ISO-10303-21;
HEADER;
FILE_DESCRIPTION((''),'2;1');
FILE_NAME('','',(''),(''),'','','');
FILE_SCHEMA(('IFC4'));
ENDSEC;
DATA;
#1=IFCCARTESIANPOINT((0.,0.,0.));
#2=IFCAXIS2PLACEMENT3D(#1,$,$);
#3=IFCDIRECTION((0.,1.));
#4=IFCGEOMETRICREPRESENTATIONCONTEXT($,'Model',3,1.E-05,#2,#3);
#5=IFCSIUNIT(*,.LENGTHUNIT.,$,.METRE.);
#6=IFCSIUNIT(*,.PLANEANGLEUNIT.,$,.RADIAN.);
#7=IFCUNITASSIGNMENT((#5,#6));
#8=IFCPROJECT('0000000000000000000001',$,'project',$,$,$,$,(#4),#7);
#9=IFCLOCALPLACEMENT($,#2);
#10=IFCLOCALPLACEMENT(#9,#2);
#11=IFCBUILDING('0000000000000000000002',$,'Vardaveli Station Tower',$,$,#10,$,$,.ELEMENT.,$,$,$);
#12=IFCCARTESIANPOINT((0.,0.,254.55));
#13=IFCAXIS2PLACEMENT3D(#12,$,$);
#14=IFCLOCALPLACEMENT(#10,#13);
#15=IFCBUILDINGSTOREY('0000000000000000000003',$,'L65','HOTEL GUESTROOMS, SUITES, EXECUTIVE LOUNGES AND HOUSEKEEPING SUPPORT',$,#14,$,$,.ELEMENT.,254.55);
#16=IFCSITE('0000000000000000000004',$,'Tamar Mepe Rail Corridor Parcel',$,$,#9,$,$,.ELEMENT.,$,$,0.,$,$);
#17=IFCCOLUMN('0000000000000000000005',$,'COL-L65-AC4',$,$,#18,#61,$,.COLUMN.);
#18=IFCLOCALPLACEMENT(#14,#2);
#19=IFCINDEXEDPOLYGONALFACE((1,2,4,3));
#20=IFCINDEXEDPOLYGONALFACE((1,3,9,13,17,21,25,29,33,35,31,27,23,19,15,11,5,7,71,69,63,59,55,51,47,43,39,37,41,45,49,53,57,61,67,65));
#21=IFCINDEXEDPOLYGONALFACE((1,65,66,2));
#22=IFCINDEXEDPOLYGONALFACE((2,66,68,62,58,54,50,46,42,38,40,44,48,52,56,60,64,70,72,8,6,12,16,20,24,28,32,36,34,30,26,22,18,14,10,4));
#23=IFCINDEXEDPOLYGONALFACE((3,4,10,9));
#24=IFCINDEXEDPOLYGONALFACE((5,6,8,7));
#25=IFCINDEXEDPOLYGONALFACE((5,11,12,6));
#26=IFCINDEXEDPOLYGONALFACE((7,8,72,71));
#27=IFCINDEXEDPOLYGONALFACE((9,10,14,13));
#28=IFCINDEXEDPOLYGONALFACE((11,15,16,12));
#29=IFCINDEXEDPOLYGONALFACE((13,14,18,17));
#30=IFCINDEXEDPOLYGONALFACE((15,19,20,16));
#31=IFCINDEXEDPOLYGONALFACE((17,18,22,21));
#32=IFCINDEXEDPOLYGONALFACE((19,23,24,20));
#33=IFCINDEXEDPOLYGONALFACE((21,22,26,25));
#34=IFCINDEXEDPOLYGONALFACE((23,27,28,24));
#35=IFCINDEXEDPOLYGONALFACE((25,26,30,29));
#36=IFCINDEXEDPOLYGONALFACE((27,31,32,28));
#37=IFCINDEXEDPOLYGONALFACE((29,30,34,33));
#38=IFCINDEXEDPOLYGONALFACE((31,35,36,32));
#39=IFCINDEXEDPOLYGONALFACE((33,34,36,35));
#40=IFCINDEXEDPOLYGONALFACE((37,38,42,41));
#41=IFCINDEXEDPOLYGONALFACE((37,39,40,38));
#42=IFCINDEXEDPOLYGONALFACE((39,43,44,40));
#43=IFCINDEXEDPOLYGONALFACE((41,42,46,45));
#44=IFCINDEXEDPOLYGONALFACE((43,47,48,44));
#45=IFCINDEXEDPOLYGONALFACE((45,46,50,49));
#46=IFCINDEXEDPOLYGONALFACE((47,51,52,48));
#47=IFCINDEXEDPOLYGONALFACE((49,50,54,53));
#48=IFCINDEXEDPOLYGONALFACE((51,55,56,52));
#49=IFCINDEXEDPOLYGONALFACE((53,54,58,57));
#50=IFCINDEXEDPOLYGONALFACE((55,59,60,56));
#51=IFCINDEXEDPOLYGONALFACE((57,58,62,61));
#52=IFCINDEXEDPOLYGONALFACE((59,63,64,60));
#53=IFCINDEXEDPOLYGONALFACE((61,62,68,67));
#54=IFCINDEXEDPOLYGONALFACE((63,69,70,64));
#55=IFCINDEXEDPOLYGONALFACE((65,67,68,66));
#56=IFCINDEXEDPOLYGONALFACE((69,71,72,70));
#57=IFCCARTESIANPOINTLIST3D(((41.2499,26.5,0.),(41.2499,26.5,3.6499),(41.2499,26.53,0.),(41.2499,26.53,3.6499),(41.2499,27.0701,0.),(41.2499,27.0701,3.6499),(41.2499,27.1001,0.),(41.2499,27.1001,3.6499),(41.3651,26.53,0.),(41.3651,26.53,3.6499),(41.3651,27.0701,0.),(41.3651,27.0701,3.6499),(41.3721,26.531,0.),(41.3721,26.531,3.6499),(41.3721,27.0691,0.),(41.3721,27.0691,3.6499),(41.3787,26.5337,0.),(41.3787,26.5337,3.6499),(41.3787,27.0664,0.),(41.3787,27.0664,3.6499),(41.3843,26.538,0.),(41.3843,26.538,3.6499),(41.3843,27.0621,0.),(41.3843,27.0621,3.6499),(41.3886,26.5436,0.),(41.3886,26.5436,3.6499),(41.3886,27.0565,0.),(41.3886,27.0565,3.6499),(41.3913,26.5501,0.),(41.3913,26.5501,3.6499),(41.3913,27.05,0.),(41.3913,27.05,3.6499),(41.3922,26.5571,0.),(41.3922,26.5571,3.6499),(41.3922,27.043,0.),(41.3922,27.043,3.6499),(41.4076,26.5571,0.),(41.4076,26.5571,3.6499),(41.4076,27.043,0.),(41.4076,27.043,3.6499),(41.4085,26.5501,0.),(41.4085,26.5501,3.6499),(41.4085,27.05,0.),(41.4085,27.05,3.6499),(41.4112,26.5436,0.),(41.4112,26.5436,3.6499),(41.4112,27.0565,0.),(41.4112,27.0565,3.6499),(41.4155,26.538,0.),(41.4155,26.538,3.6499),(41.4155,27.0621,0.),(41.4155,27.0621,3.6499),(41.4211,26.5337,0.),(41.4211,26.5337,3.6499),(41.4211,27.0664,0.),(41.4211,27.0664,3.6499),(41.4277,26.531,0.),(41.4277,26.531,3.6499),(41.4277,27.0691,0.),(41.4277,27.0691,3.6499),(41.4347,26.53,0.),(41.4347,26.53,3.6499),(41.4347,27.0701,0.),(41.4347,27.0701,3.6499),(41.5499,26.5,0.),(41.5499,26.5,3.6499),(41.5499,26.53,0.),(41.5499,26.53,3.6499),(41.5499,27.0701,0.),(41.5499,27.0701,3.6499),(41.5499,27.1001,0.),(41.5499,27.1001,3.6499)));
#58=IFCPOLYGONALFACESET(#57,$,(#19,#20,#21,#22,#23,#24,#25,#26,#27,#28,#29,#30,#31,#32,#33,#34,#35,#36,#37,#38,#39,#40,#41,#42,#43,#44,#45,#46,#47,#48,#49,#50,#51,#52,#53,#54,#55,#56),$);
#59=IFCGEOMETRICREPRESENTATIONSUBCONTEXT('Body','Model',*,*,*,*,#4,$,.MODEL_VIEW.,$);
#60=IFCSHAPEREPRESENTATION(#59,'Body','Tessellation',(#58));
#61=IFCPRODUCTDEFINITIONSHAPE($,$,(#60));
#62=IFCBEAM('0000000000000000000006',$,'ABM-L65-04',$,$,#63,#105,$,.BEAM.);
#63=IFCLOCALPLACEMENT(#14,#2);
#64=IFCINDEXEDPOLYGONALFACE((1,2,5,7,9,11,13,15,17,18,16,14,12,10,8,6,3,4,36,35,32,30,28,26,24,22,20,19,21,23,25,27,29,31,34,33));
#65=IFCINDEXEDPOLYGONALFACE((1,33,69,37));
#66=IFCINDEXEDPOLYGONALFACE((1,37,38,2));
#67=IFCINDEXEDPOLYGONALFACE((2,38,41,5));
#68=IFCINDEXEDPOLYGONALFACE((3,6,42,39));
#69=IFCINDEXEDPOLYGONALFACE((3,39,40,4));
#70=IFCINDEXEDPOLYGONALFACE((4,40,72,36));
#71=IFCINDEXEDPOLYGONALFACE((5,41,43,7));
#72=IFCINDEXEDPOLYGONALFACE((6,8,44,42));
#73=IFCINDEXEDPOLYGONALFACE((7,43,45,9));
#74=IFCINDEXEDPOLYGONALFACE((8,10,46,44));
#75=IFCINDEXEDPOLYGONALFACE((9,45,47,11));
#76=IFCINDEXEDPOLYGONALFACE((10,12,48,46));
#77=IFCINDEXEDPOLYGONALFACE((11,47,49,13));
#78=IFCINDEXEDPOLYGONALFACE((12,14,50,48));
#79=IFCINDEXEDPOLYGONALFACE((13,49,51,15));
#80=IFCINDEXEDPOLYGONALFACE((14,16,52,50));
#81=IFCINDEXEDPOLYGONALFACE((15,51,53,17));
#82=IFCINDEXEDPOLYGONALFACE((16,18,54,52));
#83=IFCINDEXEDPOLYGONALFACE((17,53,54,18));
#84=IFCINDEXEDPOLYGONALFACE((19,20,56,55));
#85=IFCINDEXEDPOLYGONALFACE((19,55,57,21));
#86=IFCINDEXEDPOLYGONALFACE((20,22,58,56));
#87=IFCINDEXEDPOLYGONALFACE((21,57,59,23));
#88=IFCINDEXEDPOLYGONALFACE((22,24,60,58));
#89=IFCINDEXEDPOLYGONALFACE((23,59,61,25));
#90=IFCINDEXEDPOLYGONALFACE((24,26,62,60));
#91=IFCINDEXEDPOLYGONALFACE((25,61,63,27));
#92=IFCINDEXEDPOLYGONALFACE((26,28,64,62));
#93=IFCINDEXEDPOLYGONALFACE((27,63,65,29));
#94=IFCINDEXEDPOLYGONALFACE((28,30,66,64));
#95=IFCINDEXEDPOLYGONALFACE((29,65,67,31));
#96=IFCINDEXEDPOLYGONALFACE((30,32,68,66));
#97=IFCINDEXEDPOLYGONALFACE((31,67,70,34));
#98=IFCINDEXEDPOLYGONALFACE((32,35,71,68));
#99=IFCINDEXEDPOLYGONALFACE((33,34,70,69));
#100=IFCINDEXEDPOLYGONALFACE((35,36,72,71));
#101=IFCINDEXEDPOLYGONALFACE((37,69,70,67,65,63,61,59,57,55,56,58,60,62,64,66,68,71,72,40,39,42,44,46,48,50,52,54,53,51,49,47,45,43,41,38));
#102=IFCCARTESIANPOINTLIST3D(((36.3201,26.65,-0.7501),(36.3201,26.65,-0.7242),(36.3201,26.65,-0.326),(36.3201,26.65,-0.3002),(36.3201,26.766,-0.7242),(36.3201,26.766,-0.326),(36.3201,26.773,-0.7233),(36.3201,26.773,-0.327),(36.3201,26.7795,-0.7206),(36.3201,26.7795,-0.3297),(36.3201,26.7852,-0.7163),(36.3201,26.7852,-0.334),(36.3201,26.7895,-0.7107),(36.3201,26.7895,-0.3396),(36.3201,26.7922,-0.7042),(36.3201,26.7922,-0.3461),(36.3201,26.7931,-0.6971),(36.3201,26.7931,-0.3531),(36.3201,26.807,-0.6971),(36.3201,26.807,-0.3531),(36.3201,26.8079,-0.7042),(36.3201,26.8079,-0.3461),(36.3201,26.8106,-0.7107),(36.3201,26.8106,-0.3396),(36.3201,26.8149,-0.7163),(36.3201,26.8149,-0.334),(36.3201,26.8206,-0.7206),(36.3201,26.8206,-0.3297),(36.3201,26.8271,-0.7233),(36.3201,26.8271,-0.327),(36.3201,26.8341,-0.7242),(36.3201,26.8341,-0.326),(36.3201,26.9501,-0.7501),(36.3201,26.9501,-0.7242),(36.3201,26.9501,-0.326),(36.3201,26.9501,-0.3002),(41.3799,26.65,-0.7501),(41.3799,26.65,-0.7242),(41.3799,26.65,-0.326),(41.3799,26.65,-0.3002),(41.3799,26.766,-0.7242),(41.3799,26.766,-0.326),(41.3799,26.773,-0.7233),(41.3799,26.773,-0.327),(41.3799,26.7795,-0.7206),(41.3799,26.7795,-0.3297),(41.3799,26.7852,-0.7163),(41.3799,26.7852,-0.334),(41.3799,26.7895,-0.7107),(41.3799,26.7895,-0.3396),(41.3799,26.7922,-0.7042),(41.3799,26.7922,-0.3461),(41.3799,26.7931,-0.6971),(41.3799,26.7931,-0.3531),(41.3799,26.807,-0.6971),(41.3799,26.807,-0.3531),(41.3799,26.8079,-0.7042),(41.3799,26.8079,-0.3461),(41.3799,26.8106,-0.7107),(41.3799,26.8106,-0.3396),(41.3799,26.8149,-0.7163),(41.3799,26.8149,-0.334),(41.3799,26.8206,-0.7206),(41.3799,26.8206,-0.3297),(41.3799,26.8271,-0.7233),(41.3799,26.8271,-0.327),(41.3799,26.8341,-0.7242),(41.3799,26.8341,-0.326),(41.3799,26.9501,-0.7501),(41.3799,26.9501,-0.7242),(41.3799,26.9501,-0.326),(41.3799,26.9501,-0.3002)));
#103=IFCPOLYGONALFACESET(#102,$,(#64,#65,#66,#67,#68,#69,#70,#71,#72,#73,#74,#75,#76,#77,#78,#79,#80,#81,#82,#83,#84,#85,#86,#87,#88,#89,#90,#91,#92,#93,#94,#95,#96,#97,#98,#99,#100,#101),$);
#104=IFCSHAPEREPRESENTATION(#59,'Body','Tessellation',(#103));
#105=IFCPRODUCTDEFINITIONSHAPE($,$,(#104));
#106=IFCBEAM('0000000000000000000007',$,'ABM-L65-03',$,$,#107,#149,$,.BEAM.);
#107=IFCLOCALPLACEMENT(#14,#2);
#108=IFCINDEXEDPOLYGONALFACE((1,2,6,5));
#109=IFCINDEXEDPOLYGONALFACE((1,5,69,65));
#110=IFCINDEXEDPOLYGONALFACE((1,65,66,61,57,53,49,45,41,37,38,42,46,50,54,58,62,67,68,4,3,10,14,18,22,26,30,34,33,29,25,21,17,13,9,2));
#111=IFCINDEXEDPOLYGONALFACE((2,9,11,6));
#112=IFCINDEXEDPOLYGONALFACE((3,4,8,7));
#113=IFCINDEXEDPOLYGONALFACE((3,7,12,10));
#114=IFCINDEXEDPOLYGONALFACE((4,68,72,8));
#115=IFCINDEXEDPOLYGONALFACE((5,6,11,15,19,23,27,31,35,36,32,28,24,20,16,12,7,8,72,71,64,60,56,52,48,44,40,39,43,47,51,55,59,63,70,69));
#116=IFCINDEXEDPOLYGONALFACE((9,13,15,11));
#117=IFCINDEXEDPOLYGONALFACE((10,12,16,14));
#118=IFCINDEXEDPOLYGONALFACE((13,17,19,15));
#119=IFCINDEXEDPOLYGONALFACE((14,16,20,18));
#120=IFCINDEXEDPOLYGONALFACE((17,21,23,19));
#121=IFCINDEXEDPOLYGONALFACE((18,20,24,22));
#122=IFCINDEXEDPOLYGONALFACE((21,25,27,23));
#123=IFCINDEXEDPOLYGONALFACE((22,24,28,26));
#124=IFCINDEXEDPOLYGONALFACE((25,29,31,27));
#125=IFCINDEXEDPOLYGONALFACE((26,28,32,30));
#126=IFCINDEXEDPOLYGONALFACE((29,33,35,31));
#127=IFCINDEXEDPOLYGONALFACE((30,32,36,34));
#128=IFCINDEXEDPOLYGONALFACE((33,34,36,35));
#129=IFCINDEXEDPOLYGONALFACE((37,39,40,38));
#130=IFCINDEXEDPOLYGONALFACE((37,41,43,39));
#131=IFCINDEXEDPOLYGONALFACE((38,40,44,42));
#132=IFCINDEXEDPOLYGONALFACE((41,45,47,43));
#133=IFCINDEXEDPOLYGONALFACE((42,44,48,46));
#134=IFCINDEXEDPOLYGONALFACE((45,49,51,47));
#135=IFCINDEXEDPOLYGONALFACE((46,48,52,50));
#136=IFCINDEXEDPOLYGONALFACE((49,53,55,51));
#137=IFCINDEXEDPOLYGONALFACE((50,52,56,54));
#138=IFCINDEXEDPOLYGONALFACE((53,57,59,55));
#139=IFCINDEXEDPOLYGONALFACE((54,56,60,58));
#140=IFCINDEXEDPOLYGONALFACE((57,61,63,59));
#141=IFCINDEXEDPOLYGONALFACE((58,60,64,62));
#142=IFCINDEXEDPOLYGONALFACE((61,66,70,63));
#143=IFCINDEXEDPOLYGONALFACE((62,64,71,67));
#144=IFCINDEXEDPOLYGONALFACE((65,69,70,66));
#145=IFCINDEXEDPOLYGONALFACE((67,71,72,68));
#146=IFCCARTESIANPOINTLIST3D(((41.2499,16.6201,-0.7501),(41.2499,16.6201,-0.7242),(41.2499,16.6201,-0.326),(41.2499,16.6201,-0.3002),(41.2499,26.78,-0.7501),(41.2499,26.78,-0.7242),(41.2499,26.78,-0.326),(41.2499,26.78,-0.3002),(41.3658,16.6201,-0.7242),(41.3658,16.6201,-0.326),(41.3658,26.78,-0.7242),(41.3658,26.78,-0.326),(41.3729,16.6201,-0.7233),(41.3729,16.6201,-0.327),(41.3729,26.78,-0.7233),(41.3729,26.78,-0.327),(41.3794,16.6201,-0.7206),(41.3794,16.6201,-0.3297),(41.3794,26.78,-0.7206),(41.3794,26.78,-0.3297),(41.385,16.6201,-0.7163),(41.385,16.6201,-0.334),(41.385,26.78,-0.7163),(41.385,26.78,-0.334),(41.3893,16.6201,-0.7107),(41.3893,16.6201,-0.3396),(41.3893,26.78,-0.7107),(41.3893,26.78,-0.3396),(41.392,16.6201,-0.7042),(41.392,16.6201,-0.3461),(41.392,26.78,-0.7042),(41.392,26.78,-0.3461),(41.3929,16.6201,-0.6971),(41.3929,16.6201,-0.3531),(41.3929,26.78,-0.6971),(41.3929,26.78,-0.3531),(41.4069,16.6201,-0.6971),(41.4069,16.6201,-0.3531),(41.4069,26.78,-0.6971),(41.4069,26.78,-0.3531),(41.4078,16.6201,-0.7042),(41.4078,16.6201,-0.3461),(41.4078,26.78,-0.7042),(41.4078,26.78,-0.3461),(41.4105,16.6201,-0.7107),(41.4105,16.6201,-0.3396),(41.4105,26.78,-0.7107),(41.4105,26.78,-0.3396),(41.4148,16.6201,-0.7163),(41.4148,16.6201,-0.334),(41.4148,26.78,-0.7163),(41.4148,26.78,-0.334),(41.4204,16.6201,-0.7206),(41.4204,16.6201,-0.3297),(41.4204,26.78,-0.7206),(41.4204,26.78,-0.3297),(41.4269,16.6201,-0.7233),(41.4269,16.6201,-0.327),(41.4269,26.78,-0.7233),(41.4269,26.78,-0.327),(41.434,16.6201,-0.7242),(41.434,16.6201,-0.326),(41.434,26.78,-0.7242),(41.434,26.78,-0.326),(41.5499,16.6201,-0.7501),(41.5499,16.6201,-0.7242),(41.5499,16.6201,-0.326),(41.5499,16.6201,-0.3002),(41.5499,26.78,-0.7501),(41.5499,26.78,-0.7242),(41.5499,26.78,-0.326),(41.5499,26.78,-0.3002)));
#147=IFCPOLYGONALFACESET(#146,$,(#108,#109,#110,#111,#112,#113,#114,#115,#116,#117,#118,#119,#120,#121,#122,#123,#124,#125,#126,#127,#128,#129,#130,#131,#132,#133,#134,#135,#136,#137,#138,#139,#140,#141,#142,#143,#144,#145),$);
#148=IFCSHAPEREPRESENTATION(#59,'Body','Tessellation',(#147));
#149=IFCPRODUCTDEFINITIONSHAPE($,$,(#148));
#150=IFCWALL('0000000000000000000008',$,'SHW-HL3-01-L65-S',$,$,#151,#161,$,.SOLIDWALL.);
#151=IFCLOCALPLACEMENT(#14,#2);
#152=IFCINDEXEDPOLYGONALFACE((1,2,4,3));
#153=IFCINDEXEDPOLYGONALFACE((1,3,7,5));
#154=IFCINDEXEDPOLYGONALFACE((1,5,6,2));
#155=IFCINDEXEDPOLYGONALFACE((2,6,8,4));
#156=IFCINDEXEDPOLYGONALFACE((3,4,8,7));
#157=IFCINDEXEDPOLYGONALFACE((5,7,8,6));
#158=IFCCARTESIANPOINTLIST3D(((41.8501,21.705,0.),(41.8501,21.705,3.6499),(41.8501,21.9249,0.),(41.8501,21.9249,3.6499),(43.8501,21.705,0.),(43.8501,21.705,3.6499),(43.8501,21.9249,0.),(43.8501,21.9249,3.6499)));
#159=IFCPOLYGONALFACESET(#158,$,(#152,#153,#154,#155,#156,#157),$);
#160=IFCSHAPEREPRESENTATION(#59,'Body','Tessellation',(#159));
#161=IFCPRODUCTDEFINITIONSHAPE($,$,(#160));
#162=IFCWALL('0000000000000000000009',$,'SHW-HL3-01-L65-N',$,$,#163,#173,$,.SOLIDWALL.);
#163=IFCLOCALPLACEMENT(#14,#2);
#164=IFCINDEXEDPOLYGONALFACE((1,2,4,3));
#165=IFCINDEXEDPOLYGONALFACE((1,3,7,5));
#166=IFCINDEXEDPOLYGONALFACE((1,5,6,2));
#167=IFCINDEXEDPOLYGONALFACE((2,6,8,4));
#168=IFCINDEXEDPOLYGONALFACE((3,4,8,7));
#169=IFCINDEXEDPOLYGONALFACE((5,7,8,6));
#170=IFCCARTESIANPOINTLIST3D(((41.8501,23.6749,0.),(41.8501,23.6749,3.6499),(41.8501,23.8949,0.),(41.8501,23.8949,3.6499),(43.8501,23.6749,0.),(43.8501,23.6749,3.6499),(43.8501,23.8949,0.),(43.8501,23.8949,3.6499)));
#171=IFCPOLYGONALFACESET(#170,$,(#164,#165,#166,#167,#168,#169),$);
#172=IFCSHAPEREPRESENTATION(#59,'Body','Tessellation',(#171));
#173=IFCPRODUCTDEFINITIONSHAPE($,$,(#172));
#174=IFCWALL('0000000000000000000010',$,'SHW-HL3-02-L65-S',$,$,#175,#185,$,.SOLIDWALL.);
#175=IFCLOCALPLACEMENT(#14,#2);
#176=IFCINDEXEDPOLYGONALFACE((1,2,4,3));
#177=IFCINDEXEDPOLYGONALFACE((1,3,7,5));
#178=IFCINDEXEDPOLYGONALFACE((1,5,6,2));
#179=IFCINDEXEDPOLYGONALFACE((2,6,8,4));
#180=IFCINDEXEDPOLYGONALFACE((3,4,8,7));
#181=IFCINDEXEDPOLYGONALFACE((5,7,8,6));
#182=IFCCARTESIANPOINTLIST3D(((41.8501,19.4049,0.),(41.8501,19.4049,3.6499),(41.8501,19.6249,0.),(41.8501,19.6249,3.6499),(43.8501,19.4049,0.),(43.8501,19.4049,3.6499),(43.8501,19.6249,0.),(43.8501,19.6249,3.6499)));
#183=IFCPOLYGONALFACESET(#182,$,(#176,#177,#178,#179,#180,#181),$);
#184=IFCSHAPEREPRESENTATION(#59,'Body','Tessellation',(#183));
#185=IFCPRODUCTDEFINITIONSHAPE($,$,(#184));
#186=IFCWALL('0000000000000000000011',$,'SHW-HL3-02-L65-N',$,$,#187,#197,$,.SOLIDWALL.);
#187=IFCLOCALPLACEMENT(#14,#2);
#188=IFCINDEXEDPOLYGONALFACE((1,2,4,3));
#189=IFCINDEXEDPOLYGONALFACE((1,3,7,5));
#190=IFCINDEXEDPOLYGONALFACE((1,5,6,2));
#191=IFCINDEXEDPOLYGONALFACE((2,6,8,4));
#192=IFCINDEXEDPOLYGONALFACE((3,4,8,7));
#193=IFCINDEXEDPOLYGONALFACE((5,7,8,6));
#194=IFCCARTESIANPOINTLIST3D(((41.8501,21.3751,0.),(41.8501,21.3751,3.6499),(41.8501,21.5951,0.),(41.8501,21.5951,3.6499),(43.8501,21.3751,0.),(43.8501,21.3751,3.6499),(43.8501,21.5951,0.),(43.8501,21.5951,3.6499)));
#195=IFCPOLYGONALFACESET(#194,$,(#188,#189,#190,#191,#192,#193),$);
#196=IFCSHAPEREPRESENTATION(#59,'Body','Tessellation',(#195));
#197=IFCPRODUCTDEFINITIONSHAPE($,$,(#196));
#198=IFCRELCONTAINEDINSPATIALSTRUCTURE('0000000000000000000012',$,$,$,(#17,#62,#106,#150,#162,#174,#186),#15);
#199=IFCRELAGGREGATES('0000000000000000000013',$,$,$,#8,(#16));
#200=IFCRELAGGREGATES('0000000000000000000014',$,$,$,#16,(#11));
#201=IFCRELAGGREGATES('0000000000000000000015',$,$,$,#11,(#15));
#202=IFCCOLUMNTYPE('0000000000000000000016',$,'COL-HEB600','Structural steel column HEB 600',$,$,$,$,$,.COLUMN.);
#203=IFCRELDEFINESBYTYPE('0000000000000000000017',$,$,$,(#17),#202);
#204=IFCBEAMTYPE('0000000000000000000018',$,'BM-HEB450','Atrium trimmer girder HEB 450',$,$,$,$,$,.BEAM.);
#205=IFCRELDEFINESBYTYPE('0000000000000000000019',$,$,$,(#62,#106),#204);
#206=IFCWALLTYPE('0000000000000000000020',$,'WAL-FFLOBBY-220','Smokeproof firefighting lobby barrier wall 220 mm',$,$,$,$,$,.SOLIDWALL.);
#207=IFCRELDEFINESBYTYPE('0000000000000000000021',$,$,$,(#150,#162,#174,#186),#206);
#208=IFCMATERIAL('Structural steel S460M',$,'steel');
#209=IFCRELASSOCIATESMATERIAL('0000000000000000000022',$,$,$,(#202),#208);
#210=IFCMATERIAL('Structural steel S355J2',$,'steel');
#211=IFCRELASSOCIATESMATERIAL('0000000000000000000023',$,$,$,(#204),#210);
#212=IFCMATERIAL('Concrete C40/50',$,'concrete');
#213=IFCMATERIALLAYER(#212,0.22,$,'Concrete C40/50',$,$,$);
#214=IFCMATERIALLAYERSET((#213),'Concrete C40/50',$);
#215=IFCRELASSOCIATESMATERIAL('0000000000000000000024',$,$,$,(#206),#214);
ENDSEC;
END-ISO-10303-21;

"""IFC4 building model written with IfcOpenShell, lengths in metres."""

from ifc_helpers import new_model, si_unit, direction, frame, frame_2d, origin, origin_2d, place, context, subcontext, project, spatial, rectangle, i_section, extrude, source, transform, mapped, material, layer, layer_set, material_profile, profile_set, type_object, element, save


model = new_model("IFC4")

# Units and contexts
model_context = context("Model", 3, precision=1e-05, world=origin(), true_north=direction((0.0, 1.0)))
body_context = subcontext(model_context, "Body", "Model", "MODEL_VIEW")
ifc_project = project(units=[si_unit("LENGTHUNIT", "METRE"), si_unit("PLANEANGLEUNIT", "RADIAN")], contexts=[model_context])

# Site, building, storey
site_placement = place(None, origin())
site = spatial("IfcSite", under=ifc_project, at=site_placement, Name="Tamar Mepe Rail Corridor Parcel", CompositionType="ELEMENT", RefElevation=0.0)
building_placement = place(site_placement, origin())
building = spatial("IfcBuilding", under=site, at=building_placement, Name="Vardaveli Station Tower", CompositionType="ELEMENT")
storey_placement = place(building_placement, frame((0.0, 0.0, 254.55)))
storey = spatial("IfcBuildingStorey", under=building, at=storey_placement, Name="L65", Description="HOTEL GUESTROOMS, SUITES, EXECUTIVE LOUNGES AND HOUSEKEEPING SUPPORT", CompositionType="ELEMENT", Elevation=254.55)

# Column
ifc_material_1 = material(Name="Structural steel S460M", Category="steel")
ifc_material_profile_1 = material_profile(ifc_material_1, i_section(OverallWidth=0.3, OverallDepth=0.6001, WebThickness=0.0154, FlangeThickness=0.03, FilletRadius=0.0271, at=origin_2d()), Name="HEB 600")
ifc_profile_set_1 = profile_set([ifc_material_profile_1], Name="Structural steel S460M")
column_type = type_object("IfcColumnType", Name="COL-HEB600", Description="Structural steel column HEB 600", PredefinedType="COLUMN", material=ifc_profile_set_1)
shared_shape_1 = source(origin(), body_context, "Body", "SweptSolid", [
    extrude(i_section(OverallWidth=0.3, OverallDepth=0.6001, WebThickness=0.0154, FlangeThickness=0.03, FilletRadius=0.0271, at=origin_2d()), origin(), (0.0, 0.0, 1.0), 3.6499),
])
column_placement = place(storey_placement, frame((41.3999, 26.8, 0.0), z_axis=(0.0, 0.0, 1.0), x_axis=(1.0, 0.0, 0.0)))
element("IfcColumn", 1, at=column_placement, inside=storey, type_object=column_type, Name="COL-L65-AC4", PredefinedType="COLUMN", context=body_context, shape_type="MappedRepresentation", body=[
    mapped(shared_shape_1, transform((0.0, 0.0, 0.0), scale=1.0)),
])

# Beams
ifc_material_2 = material(Name="Structural steel S355J2", Category="steel")
ifc_material_profile_2 = material_profile(ifc_material_2, i_section(OverallWidth=0.3, OverallDepth=0.45, WebThickness=0.0139, FlangeThickness=0.0259, FilletRadius=0.0271, at=origin_2d()), Name="HEB 450")
ifc_profile_set_2 = profile_set([ifc_material_profile_2], Name="Structural steel S355J2")
beam_type = type_object("IfcBeamType", Name="BM-HEB450", Description="Atrium trimmer girder HEB 450", PredefinedType="BEAM", material=ifc_profile_set_2)
shared_shape_2 = source(origin(), body_context, "Body", "SweptSolid", [
    extrude(i_section(OverallWidth=0.3, OverallDepth=0.45, WebThickness=0.0139, FlangeThickness=0.0259, FilletRadius=0.0271, at=origin_2d()), origin(), (0.0, 0.0, 1.0), 5.0598),
])
beam_1_placement = place(storey_placement, frame((41.3799, 26.8, -0.5251), z_axis=(-1.0, 0.0, 0.0), x_axis=(0.0, -1.0, 0.0)))
element("IfcBeam", 2, at=beam_1_placement, inside=storey, type_object=beam_type, Name="ABM-L65-04", PredefinedType="BEAM", context=body_context, shape_type="MappedRepresentation", body=[
    mapped(shared_shape_2, transform((0.0, 0.0, 0.0), scale=1.0)),
])
shared_shape_3 = source(origin(), body_context, "Body", "SweptSolid", [
    extrude(i_section(OverallWidth=0.3, OverallDepth=0.45, WebThickness=0.0139, FlangeThickness=0.0259, FilletRadius=0.0271, at=origin_2d()), origin(), (0.0, 0.0, 1.0), 10.1599),
])
beam_2_placement = place(storey_placement, frame((41.3999, 16.6201, -0.5251), z_axis=(0.0, 1.0, 0.0), x_axis=(-1.0, 0.0, 0.0)))
element("IfcBeam", 3, at=beam_2_placement, inside=storey, type_object=beam_type, Name="ABM-L65-03", PredefinedType="BEAM", context=body_context, shape_type="MappedRepresentation", body=[
    mapped(shared_shape_3, transform((0.0, 0.0, 0.0), scale=1.0)),
])

# Walls
ifc_material_3 = material(Name="Concrete C40/50", Category="concrete")
ifc_layer_1 = layer(ifc_material_3, 0.22, Name="Concrete C40/50")
ifc_layer_set_1 = layer_set([ifc_layer_1], Name="Concrete C40/50")
wall_type_1 = type_object("IfcWallType", Name="WAL-FFLOBBY-220", Description="Smokeproof firefighting lobby barrier wall 220 mm", PredefinedType="SOLIDWALL", material=ifc_layer_set_1)
shared_shape_4 = source(origin(), body_context, "Body", "SweptSolid", [
    extrude(rectangle(XDim=2.0, YDim=0.22, at=frame_2d((1.0, 0.0))), origin(), (0.0, 0.0, 1.0), 3.6499),
])
for number, where, z_axis, x_axis, name in (
    (4, (41.8501, 21.8149, 0.0), (0.0, 0.0, 1.0), (1.0, 0.0, 0.0), "SHW-HL3-01-L65-S"),
    (5, (41.8501, 23.7849, 0.0), (0.0, 0.0, 1.0), (1.0, 0.0, 0.0), "SHW-HL3-01-L65-N"),
    (6, (41.8501, 19.5149, 0.0), (0.0, 0.0, 1.0), (1.0, 0.0, 0.0), "SHW-HL3-02-L65-S"),
    (7, (41.8501, 21.4851, 0.0), (0.0, 0.0, 1.0), (1.0, 0.0, 0.0), "SHW-HL3-02-L65-N"),
):
    element("IfcWall", number, at=place(storey_placement, frame(where, z_axis=z_axis, x_axis=x_axis)), inside=storey, type_object=wall_type_1, Name=name, PredefinedType="SOLIDWALL", context=body_context, shape_type="MappedRepresentation", body=[
        mapped(shared_shape_4, transform((0.0, 0.0, 0.0), scale=1.0)),
    ])

save(model, "model.ifc")
